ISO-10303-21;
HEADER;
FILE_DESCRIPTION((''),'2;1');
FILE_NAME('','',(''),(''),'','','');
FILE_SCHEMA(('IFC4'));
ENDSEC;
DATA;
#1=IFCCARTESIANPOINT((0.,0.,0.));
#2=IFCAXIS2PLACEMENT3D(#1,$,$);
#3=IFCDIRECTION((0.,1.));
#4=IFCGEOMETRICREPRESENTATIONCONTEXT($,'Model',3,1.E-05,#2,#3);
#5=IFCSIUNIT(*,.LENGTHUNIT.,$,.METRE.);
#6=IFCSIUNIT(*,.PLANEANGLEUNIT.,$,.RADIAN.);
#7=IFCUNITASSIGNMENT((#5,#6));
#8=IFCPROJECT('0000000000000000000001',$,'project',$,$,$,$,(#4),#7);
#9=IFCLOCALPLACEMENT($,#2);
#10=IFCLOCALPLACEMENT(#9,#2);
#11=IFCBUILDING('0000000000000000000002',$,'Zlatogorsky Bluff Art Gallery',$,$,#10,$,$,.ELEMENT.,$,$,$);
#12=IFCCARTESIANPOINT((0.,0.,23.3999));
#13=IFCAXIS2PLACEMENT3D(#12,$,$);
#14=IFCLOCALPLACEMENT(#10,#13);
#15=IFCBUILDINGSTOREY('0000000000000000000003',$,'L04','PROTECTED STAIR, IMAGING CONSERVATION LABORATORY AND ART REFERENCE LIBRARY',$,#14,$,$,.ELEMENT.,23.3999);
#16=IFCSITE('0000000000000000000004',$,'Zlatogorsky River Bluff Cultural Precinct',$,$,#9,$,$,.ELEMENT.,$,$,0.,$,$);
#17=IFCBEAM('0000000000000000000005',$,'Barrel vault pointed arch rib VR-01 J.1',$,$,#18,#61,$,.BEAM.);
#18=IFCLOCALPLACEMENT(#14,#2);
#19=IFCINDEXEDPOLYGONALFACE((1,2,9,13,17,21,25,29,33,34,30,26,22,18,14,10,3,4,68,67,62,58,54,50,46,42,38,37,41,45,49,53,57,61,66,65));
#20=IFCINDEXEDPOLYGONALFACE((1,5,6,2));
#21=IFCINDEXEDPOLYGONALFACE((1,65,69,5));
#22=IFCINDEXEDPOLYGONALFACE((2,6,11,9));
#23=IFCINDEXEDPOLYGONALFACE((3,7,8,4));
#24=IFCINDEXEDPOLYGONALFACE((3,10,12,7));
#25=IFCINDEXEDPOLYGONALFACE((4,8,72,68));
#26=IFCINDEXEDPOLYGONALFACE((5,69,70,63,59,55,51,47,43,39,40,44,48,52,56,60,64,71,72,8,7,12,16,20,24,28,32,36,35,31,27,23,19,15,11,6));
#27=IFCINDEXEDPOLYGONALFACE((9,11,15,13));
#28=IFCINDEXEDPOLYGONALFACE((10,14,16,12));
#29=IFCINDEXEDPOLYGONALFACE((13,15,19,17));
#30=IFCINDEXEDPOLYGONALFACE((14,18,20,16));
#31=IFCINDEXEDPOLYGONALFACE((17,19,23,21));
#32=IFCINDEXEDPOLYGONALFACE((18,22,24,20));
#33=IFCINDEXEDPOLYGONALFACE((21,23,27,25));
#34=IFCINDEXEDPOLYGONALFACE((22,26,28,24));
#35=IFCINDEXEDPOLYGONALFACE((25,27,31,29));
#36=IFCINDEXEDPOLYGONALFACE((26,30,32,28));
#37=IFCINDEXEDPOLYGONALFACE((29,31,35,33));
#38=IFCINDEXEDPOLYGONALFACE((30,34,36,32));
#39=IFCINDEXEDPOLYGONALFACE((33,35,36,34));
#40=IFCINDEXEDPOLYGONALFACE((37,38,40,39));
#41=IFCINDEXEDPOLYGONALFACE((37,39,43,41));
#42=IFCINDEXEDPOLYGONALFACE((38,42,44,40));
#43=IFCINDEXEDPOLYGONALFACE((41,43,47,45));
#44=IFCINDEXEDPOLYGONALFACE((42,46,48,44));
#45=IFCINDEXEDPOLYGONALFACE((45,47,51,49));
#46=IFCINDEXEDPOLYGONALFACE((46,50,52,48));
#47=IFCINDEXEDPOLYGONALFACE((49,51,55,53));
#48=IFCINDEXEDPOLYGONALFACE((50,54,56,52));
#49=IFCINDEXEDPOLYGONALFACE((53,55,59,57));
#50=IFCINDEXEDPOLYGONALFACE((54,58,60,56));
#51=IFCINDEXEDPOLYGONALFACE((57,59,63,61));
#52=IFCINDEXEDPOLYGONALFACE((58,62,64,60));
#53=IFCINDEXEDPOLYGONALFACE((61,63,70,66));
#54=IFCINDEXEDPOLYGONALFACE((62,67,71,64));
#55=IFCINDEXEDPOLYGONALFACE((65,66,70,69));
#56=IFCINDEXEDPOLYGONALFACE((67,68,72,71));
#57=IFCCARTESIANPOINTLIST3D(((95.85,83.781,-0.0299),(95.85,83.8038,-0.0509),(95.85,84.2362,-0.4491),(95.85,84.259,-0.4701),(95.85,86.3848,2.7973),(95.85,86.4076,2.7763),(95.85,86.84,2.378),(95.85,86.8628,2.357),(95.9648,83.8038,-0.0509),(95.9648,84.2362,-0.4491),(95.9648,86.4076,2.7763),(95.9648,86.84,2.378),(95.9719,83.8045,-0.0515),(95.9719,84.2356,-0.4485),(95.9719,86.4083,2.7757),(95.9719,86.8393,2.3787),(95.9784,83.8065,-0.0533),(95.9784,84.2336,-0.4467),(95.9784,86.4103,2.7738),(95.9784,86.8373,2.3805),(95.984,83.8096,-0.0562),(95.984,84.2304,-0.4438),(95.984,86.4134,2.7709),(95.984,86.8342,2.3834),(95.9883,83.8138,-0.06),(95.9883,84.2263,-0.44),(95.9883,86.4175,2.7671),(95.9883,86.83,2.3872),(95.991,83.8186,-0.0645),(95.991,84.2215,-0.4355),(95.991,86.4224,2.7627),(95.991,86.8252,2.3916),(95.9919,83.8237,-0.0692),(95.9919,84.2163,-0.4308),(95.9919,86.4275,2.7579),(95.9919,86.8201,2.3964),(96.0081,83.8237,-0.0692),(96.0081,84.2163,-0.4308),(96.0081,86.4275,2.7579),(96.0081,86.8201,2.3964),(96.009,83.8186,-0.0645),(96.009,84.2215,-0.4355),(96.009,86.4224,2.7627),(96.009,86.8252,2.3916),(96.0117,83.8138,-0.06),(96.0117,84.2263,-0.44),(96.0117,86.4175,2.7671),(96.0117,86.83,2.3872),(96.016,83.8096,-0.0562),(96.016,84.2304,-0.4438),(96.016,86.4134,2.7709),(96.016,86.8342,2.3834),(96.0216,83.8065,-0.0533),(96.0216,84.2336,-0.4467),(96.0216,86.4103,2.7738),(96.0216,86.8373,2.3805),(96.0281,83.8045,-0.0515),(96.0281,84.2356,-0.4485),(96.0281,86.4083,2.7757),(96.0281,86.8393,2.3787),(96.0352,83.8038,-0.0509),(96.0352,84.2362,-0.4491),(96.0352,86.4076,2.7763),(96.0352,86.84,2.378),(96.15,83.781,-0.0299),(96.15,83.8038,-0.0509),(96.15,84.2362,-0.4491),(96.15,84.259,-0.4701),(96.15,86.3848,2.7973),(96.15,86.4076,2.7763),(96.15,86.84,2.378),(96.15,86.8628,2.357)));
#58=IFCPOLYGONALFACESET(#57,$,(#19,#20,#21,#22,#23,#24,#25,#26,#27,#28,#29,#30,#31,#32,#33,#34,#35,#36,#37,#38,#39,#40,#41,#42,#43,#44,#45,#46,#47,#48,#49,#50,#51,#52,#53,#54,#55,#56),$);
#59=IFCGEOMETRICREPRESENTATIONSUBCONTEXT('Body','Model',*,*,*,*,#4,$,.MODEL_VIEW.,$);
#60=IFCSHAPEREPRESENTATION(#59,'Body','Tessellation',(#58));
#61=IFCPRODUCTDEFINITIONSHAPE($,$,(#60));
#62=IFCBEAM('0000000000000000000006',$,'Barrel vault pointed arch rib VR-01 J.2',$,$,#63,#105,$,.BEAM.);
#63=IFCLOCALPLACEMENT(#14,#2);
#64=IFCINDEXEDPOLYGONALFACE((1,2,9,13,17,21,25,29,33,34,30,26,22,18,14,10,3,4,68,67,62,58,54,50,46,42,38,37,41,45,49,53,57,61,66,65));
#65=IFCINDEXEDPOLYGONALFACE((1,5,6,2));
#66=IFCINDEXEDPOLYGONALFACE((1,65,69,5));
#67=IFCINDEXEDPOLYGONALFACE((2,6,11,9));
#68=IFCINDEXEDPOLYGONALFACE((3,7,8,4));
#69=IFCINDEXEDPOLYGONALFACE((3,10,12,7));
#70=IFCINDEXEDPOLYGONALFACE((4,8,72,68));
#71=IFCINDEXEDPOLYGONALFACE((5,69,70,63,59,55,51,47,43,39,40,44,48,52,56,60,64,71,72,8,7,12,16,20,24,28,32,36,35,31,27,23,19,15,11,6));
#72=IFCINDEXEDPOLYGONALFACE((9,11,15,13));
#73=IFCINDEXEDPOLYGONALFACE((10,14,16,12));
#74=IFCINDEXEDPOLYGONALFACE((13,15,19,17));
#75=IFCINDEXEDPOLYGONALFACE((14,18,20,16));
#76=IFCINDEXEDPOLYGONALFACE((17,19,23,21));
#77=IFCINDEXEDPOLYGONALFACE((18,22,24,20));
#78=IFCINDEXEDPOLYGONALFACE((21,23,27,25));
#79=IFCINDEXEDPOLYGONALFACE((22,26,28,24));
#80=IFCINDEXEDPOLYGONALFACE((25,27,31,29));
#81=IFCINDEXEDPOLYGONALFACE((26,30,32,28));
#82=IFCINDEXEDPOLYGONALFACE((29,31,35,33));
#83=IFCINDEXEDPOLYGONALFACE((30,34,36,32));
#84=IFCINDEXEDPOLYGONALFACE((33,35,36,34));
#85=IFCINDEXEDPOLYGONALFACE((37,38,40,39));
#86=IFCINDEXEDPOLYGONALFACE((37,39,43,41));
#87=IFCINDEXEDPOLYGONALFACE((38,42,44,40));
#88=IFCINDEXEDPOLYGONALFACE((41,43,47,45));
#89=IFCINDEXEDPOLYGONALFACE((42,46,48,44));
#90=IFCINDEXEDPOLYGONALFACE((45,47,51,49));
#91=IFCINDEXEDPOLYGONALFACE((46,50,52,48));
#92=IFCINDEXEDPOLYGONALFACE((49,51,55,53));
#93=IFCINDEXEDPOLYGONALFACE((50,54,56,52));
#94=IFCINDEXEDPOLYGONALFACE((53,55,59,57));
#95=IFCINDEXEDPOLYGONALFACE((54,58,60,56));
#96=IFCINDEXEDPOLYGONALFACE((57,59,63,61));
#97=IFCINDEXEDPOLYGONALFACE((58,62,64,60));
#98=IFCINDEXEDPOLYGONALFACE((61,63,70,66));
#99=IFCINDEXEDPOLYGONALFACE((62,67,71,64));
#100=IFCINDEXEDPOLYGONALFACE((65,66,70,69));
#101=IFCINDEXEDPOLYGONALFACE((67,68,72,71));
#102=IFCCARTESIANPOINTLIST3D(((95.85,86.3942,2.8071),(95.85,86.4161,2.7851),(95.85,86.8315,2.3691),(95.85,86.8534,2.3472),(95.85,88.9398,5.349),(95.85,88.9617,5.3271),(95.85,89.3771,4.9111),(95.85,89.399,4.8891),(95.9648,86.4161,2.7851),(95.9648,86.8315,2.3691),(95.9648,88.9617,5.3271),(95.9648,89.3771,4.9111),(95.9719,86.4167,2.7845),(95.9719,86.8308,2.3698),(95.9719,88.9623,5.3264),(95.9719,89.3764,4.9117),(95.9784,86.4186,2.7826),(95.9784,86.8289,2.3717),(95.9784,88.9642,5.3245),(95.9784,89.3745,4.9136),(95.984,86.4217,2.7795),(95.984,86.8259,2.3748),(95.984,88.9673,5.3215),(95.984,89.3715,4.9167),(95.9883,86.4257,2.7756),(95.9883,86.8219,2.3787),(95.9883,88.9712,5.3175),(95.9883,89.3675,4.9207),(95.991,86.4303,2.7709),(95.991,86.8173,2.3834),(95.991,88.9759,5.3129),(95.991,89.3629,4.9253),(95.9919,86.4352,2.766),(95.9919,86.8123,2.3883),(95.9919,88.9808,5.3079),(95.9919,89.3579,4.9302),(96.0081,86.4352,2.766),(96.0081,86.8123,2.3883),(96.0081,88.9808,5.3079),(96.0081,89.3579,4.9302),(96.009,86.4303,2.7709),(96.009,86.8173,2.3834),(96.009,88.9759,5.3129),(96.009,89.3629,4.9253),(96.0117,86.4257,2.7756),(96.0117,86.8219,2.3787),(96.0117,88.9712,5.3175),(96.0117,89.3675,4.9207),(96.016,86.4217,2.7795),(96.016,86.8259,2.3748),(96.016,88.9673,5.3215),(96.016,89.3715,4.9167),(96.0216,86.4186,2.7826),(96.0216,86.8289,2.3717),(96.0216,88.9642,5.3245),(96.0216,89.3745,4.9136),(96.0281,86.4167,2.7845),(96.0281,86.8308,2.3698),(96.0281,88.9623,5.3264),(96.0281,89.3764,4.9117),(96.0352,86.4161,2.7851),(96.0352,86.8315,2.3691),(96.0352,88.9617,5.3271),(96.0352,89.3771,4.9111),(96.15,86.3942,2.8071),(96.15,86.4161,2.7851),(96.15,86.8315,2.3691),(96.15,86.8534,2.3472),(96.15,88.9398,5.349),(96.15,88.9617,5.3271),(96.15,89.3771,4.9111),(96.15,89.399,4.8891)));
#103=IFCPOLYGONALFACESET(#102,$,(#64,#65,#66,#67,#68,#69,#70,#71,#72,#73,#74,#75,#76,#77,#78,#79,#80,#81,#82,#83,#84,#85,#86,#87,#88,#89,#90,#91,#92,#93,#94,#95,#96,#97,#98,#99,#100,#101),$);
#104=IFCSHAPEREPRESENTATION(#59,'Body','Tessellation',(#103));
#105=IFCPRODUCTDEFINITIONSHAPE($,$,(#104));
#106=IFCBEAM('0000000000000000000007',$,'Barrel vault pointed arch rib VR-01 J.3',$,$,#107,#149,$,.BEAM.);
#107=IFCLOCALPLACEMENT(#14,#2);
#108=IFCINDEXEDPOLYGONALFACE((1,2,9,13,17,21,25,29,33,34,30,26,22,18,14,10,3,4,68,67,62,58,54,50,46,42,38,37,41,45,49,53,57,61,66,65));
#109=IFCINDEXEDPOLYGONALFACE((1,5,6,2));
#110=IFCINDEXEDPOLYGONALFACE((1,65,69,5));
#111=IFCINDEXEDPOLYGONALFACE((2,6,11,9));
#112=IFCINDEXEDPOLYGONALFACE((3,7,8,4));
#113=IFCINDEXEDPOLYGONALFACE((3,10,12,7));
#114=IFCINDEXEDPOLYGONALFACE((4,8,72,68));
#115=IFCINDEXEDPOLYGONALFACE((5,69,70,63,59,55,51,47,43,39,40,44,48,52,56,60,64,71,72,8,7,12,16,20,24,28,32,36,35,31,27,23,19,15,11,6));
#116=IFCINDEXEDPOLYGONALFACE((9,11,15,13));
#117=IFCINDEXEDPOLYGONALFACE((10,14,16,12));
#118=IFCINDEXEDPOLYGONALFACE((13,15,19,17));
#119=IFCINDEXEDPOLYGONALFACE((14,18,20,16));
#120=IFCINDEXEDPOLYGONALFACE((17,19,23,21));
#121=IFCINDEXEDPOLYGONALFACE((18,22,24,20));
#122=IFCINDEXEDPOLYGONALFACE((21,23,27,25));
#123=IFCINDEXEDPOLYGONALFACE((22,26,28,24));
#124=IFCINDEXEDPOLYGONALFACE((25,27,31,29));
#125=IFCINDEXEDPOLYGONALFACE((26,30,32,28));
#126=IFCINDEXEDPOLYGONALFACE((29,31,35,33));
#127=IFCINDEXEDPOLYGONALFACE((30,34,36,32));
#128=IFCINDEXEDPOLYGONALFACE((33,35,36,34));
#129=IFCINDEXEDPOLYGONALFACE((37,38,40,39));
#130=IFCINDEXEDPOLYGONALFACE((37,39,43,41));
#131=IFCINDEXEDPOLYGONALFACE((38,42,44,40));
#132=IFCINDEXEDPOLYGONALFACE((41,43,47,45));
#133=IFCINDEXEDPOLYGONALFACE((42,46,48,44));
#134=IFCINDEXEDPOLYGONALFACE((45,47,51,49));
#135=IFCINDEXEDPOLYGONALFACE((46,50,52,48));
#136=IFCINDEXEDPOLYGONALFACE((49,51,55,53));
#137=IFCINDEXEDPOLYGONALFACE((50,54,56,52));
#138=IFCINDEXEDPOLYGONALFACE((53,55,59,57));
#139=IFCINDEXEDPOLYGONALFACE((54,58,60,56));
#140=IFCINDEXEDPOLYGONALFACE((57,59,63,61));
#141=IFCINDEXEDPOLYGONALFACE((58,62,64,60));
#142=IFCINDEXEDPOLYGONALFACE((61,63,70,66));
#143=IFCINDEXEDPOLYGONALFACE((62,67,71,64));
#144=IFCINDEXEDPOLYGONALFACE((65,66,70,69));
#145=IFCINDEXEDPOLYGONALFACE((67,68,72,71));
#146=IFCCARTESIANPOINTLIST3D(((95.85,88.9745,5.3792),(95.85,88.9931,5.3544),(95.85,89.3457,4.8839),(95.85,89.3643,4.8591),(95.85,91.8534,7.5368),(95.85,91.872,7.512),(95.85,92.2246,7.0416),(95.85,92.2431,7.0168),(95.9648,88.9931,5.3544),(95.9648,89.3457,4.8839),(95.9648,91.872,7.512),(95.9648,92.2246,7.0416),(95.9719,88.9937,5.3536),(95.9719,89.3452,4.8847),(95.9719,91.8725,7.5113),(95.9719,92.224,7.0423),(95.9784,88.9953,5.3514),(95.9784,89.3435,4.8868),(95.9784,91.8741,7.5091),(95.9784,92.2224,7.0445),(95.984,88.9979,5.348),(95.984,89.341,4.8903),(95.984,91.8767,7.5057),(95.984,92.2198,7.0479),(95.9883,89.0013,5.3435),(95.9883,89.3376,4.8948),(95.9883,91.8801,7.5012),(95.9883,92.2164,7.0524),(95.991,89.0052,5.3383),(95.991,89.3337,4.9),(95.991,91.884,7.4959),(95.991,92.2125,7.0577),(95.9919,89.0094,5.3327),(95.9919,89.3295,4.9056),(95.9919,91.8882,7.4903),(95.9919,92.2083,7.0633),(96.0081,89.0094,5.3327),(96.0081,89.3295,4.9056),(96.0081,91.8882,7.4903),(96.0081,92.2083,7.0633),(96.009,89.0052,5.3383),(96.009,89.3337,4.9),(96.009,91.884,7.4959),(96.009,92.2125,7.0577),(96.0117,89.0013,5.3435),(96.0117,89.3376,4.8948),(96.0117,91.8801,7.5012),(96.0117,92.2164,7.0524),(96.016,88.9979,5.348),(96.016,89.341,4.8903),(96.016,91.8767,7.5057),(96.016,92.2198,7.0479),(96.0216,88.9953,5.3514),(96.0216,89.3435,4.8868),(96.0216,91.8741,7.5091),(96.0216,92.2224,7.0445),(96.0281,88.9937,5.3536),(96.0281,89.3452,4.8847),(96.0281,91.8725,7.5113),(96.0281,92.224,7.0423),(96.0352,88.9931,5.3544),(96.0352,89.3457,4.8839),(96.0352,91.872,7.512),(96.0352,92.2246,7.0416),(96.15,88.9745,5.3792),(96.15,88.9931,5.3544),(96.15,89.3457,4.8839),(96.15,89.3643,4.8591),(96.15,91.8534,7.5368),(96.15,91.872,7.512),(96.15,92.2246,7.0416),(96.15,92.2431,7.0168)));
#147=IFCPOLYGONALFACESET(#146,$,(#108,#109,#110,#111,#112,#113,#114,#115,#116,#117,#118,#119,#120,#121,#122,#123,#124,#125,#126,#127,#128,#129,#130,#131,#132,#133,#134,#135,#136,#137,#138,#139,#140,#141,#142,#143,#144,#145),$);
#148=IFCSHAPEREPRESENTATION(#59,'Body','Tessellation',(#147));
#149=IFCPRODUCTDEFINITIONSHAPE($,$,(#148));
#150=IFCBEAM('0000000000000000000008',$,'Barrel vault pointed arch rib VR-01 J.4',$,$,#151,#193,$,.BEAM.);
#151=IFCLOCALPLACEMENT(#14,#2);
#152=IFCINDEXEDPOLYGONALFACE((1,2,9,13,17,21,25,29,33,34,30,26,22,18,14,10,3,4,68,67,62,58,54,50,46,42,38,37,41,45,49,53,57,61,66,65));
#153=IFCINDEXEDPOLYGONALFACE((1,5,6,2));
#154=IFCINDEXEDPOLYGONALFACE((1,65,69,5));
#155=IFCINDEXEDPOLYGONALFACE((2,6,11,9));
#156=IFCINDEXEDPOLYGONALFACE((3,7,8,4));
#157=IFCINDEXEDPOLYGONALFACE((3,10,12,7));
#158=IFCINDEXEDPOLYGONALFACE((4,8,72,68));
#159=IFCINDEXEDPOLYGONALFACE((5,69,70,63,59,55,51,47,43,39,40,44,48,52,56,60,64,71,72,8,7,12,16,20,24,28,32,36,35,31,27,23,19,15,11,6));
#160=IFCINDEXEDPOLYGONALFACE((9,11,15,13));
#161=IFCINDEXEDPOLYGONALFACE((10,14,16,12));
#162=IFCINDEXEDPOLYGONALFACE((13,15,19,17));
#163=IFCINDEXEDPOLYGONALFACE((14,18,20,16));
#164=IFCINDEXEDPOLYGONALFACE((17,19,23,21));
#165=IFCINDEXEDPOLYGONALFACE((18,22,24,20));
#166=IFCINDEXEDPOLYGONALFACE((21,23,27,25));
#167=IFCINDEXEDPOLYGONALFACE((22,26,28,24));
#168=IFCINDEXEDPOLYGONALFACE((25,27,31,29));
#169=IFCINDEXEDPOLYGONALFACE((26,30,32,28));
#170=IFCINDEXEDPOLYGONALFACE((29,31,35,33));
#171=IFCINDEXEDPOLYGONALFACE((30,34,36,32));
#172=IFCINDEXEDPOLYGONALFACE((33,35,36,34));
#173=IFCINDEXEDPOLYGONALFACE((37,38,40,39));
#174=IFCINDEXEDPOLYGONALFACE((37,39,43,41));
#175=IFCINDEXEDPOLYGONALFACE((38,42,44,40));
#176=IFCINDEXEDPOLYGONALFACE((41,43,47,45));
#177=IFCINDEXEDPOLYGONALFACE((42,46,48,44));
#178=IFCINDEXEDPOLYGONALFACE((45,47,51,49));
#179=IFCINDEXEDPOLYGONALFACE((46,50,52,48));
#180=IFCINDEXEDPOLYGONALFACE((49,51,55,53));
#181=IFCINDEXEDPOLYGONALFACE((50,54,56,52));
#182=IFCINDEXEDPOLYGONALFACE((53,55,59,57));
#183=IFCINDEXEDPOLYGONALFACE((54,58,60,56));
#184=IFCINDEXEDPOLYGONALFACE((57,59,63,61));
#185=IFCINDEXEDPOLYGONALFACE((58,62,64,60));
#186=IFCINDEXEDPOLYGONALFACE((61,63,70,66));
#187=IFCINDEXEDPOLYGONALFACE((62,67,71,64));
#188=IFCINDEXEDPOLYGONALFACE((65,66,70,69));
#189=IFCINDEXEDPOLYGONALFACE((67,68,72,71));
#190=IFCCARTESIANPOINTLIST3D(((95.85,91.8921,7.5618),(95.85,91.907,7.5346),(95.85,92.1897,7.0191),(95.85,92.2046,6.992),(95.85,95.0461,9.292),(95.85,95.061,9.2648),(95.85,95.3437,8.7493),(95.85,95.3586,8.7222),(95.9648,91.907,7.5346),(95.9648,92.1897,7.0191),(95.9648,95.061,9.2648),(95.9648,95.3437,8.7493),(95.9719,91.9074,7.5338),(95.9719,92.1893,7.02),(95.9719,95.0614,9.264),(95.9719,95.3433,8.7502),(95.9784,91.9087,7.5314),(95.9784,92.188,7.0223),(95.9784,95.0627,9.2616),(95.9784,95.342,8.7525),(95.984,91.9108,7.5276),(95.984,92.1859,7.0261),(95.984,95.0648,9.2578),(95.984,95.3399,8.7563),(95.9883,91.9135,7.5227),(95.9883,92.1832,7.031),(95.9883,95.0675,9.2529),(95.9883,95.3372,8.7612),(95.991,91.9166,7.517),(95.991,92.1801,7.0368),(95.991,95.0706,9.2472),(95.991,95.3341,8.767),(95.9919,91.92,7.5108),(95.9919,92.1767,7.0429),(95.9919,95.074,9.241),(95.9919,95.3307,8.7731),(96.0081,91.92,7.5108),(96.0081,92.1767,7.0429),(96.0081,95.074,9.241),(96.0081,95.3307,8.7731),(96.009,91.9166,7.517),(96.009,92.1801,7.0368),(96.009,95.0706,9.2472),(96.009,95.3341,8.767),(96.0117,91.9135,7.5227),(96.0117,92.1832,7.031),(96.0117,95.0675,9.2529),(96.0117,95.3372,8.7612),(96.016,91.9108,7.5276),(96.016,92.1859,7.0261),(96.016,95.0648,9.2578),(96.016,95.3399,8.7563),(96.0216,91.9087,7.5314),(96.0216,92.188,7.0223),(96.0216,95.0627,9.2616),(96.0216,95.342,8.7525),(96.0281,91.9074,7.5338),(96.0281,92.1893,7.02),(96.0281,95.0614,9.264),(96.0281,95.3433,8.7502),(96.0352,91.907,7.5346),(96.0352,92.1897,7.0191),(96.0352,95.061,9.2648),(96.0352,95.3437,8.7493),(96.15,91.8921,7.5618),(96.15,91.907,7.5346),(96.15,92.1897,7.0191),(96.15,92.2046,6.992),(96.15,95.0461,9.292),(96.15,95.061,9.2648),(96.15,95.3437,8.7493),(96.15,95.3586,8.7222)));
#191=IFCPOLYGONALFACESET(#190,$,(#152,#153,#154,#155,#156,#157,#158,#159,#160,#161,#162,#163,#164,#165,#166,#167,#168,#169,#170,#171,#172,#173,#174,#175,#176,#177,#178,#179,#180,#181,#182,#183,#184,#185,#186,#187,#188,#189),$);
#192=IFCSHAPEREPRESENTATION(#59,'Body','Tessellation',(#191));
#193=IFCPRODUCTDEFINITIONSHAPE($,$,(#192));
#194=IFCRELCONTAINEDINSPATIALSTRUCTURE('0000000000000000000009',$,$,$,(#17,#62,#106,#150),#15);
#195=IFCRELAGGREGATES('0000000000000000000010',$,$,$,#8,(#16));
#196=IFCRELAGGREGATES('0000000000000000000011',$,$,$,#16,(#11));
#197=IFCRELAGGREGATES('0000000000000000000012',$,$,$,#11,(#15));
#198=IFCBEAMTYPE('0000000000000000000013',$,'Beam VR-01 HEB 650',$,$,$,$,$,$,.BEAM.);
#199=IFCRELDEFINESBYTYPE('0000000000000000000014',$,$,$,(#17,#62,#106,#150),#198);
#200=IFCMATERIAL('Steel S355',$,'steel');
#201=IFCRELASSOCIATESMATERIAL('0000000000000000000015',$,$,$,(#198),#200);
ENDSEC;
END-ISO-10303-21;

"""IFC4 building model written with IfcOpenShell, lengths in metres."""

from ifc_helpers import new_model, si_unit, direction, frame, origin, origin_2d, place, context, subcontext, project, spatial, i_section, extrude, material, material_profile, profile_set, type_object, element, save


model = new_model("IFC4")

# Units and contexts
model_context = context("Model", 3, precision=1e-05, world=origin(), true_north=direction((0.0, 1.0)))
body_context = subcontext(model_context, "Body", "Model", "MODEL_VIEW")
ifc_project = project(units=[si_unit("LENGTHUNIT", "METRE"), si_unit("PLANEANGLEUNIT", "RADIAN")], contexts=[model_context])

# Site, building, storey
site_placement = place(None, origin())
site = spatial("IfcSite", under=ifc_project, at=site_placement, Name="Zlatogorsky River Bluff Cultural Precinct", CompositionType="ELEMENT", RefElevation=0.0)
building_placement = place(site_placement, origin())
building = spatial("IfcBuilding", under=site, at=building_placement, Name="Zlatogorsky Bluff Art Gallery", CompositionType="ELEMENT")
storey_placement = place(building_placement, frame((0.0, 0.0, 23.3999)))
storey = spatial("IfcBuildingStorey", under=building, at=storey_placement, Name="L04", Description="PROTECTED STAIR, IMAGING CONSERVATION LABORATORY AND ART REFERENCE LIBRARY", CompositionType="ELEMENT", Elevation=23.3999)

# Beams
ifc_material_1 = material(Name="Steel S355", Category="steel")
ifc_material_profile_1 = material_profile(ifc_material_1, i_section(OverallWidth=0.3, OverallDepth=0.6499, WebThickness=0.0161, FlangeThickness=0.031, FilletRadius=0.0271, at=origin_2d()), Name="HEB 650")
ifc_profile_set_1 = profile_set([ifc_material_profile_1], Name="Steel S355")
beam_type_1 = type_object("IfcBeamType", Name="Beam VR-01 HEB 650", PredefinedType="BEAM", material=ifc_profile_set_1)
beam_1_placement = place(storey_placement, frame((96.0, 84.02, -0.25), z_axis=(0.0, 0.677449, 0.73557), x_axis=(-1.0, 0.0, 0.0)))
element("IfcBeam", 1, at=beam_1_placement, inside=storey, type_object=beam_type_1, Name="Barrel vault pointed arch rib VR-01 J.1", PredefinedType="BEAM", context=body_context, shape_type="SweptSolid", body=[
    extrude(i_section(OverallWidth=0.3, OverallDepth=0.6499, WebThickness=0.0161, FlangeThickness=0.031, FilletRadius=0.0271, at=origin_2d()), origin(), (0.0, 0.0, 1.0), 3.8435),
])
beam_2_placement = place(storey_placement, frame((96.0, 86.6238, 2.5771), z_axis=(0.0, 0.707616, 0.706598), x_axis=(-1.0, 0.0, 0.0)))
element("IfcBeam", 2, at=beam_2_placement, inside=storey, type_object=beam_type_1, Name="Barrel vault pointed arch rib VR-01 J.2", PredefinedType="BEAM", context=body_context, shape_type="SweptSolid", body=[
    extrude(i_section(OverallWidth=0.3, OverallDepth=0.6499, WebThickness=0.0161, FlangeThickness=0.031, FilletRadius=0.0271, at=origin_2d()), origin(), (0.0, 0.0, 1.0), 3.5974),
])
beam_3_placement = place(storey_placement, frame((96.0, 89.1694, 5.1191), z_axis=(0.0, 0.800195, 0.599739), x_axis=(-1.0, 0.0, 0.0)))
element("IfcBeam", 3, at=beam_3_placement, inside=storey, type_object=beam_type_1, Name="Barrel vault pointed arch rib VR-01 J.3", PredefinedType="BEAM", context=body_context, shape_type="SweptSolid", body=[
    extrude(i_section(OverallWidth=0.3, OverallDepth=0.6499, WebThickness=0.0161, FlangeThickness=0.031, FilletRadius=0.0271, at=origin_2d()), origin(), (0.0, 0.0, 1.0), 3.5977),
])
beam_4_placement = place(storey_placement, frame((96.0, 92.0483, 7.2769), z_axis=(0.0, 0.876744, 0.480957), x_axis=(-1.0, 0.0, 0.0)))
element("IfcBeam", 4, at=beam_4_placement, inside=storey, type_object=beam_type_1, Name="Barrel vault pointed arch rib VR-01 J.4", PredefinedType="BEAM", context=body_context, shape_type="SweptSolid", body=[
    extrude(i_section(OverallWidth=0.3, OverallDepth=0.6499, WebThickness=0.0161, FlangeThickness=0.031, FilletRadius=0.0271, at=origin_2d()), origin(), (0.0, 0.0, 1.0), 3.5974),
])

save(model, "model.ifc")
